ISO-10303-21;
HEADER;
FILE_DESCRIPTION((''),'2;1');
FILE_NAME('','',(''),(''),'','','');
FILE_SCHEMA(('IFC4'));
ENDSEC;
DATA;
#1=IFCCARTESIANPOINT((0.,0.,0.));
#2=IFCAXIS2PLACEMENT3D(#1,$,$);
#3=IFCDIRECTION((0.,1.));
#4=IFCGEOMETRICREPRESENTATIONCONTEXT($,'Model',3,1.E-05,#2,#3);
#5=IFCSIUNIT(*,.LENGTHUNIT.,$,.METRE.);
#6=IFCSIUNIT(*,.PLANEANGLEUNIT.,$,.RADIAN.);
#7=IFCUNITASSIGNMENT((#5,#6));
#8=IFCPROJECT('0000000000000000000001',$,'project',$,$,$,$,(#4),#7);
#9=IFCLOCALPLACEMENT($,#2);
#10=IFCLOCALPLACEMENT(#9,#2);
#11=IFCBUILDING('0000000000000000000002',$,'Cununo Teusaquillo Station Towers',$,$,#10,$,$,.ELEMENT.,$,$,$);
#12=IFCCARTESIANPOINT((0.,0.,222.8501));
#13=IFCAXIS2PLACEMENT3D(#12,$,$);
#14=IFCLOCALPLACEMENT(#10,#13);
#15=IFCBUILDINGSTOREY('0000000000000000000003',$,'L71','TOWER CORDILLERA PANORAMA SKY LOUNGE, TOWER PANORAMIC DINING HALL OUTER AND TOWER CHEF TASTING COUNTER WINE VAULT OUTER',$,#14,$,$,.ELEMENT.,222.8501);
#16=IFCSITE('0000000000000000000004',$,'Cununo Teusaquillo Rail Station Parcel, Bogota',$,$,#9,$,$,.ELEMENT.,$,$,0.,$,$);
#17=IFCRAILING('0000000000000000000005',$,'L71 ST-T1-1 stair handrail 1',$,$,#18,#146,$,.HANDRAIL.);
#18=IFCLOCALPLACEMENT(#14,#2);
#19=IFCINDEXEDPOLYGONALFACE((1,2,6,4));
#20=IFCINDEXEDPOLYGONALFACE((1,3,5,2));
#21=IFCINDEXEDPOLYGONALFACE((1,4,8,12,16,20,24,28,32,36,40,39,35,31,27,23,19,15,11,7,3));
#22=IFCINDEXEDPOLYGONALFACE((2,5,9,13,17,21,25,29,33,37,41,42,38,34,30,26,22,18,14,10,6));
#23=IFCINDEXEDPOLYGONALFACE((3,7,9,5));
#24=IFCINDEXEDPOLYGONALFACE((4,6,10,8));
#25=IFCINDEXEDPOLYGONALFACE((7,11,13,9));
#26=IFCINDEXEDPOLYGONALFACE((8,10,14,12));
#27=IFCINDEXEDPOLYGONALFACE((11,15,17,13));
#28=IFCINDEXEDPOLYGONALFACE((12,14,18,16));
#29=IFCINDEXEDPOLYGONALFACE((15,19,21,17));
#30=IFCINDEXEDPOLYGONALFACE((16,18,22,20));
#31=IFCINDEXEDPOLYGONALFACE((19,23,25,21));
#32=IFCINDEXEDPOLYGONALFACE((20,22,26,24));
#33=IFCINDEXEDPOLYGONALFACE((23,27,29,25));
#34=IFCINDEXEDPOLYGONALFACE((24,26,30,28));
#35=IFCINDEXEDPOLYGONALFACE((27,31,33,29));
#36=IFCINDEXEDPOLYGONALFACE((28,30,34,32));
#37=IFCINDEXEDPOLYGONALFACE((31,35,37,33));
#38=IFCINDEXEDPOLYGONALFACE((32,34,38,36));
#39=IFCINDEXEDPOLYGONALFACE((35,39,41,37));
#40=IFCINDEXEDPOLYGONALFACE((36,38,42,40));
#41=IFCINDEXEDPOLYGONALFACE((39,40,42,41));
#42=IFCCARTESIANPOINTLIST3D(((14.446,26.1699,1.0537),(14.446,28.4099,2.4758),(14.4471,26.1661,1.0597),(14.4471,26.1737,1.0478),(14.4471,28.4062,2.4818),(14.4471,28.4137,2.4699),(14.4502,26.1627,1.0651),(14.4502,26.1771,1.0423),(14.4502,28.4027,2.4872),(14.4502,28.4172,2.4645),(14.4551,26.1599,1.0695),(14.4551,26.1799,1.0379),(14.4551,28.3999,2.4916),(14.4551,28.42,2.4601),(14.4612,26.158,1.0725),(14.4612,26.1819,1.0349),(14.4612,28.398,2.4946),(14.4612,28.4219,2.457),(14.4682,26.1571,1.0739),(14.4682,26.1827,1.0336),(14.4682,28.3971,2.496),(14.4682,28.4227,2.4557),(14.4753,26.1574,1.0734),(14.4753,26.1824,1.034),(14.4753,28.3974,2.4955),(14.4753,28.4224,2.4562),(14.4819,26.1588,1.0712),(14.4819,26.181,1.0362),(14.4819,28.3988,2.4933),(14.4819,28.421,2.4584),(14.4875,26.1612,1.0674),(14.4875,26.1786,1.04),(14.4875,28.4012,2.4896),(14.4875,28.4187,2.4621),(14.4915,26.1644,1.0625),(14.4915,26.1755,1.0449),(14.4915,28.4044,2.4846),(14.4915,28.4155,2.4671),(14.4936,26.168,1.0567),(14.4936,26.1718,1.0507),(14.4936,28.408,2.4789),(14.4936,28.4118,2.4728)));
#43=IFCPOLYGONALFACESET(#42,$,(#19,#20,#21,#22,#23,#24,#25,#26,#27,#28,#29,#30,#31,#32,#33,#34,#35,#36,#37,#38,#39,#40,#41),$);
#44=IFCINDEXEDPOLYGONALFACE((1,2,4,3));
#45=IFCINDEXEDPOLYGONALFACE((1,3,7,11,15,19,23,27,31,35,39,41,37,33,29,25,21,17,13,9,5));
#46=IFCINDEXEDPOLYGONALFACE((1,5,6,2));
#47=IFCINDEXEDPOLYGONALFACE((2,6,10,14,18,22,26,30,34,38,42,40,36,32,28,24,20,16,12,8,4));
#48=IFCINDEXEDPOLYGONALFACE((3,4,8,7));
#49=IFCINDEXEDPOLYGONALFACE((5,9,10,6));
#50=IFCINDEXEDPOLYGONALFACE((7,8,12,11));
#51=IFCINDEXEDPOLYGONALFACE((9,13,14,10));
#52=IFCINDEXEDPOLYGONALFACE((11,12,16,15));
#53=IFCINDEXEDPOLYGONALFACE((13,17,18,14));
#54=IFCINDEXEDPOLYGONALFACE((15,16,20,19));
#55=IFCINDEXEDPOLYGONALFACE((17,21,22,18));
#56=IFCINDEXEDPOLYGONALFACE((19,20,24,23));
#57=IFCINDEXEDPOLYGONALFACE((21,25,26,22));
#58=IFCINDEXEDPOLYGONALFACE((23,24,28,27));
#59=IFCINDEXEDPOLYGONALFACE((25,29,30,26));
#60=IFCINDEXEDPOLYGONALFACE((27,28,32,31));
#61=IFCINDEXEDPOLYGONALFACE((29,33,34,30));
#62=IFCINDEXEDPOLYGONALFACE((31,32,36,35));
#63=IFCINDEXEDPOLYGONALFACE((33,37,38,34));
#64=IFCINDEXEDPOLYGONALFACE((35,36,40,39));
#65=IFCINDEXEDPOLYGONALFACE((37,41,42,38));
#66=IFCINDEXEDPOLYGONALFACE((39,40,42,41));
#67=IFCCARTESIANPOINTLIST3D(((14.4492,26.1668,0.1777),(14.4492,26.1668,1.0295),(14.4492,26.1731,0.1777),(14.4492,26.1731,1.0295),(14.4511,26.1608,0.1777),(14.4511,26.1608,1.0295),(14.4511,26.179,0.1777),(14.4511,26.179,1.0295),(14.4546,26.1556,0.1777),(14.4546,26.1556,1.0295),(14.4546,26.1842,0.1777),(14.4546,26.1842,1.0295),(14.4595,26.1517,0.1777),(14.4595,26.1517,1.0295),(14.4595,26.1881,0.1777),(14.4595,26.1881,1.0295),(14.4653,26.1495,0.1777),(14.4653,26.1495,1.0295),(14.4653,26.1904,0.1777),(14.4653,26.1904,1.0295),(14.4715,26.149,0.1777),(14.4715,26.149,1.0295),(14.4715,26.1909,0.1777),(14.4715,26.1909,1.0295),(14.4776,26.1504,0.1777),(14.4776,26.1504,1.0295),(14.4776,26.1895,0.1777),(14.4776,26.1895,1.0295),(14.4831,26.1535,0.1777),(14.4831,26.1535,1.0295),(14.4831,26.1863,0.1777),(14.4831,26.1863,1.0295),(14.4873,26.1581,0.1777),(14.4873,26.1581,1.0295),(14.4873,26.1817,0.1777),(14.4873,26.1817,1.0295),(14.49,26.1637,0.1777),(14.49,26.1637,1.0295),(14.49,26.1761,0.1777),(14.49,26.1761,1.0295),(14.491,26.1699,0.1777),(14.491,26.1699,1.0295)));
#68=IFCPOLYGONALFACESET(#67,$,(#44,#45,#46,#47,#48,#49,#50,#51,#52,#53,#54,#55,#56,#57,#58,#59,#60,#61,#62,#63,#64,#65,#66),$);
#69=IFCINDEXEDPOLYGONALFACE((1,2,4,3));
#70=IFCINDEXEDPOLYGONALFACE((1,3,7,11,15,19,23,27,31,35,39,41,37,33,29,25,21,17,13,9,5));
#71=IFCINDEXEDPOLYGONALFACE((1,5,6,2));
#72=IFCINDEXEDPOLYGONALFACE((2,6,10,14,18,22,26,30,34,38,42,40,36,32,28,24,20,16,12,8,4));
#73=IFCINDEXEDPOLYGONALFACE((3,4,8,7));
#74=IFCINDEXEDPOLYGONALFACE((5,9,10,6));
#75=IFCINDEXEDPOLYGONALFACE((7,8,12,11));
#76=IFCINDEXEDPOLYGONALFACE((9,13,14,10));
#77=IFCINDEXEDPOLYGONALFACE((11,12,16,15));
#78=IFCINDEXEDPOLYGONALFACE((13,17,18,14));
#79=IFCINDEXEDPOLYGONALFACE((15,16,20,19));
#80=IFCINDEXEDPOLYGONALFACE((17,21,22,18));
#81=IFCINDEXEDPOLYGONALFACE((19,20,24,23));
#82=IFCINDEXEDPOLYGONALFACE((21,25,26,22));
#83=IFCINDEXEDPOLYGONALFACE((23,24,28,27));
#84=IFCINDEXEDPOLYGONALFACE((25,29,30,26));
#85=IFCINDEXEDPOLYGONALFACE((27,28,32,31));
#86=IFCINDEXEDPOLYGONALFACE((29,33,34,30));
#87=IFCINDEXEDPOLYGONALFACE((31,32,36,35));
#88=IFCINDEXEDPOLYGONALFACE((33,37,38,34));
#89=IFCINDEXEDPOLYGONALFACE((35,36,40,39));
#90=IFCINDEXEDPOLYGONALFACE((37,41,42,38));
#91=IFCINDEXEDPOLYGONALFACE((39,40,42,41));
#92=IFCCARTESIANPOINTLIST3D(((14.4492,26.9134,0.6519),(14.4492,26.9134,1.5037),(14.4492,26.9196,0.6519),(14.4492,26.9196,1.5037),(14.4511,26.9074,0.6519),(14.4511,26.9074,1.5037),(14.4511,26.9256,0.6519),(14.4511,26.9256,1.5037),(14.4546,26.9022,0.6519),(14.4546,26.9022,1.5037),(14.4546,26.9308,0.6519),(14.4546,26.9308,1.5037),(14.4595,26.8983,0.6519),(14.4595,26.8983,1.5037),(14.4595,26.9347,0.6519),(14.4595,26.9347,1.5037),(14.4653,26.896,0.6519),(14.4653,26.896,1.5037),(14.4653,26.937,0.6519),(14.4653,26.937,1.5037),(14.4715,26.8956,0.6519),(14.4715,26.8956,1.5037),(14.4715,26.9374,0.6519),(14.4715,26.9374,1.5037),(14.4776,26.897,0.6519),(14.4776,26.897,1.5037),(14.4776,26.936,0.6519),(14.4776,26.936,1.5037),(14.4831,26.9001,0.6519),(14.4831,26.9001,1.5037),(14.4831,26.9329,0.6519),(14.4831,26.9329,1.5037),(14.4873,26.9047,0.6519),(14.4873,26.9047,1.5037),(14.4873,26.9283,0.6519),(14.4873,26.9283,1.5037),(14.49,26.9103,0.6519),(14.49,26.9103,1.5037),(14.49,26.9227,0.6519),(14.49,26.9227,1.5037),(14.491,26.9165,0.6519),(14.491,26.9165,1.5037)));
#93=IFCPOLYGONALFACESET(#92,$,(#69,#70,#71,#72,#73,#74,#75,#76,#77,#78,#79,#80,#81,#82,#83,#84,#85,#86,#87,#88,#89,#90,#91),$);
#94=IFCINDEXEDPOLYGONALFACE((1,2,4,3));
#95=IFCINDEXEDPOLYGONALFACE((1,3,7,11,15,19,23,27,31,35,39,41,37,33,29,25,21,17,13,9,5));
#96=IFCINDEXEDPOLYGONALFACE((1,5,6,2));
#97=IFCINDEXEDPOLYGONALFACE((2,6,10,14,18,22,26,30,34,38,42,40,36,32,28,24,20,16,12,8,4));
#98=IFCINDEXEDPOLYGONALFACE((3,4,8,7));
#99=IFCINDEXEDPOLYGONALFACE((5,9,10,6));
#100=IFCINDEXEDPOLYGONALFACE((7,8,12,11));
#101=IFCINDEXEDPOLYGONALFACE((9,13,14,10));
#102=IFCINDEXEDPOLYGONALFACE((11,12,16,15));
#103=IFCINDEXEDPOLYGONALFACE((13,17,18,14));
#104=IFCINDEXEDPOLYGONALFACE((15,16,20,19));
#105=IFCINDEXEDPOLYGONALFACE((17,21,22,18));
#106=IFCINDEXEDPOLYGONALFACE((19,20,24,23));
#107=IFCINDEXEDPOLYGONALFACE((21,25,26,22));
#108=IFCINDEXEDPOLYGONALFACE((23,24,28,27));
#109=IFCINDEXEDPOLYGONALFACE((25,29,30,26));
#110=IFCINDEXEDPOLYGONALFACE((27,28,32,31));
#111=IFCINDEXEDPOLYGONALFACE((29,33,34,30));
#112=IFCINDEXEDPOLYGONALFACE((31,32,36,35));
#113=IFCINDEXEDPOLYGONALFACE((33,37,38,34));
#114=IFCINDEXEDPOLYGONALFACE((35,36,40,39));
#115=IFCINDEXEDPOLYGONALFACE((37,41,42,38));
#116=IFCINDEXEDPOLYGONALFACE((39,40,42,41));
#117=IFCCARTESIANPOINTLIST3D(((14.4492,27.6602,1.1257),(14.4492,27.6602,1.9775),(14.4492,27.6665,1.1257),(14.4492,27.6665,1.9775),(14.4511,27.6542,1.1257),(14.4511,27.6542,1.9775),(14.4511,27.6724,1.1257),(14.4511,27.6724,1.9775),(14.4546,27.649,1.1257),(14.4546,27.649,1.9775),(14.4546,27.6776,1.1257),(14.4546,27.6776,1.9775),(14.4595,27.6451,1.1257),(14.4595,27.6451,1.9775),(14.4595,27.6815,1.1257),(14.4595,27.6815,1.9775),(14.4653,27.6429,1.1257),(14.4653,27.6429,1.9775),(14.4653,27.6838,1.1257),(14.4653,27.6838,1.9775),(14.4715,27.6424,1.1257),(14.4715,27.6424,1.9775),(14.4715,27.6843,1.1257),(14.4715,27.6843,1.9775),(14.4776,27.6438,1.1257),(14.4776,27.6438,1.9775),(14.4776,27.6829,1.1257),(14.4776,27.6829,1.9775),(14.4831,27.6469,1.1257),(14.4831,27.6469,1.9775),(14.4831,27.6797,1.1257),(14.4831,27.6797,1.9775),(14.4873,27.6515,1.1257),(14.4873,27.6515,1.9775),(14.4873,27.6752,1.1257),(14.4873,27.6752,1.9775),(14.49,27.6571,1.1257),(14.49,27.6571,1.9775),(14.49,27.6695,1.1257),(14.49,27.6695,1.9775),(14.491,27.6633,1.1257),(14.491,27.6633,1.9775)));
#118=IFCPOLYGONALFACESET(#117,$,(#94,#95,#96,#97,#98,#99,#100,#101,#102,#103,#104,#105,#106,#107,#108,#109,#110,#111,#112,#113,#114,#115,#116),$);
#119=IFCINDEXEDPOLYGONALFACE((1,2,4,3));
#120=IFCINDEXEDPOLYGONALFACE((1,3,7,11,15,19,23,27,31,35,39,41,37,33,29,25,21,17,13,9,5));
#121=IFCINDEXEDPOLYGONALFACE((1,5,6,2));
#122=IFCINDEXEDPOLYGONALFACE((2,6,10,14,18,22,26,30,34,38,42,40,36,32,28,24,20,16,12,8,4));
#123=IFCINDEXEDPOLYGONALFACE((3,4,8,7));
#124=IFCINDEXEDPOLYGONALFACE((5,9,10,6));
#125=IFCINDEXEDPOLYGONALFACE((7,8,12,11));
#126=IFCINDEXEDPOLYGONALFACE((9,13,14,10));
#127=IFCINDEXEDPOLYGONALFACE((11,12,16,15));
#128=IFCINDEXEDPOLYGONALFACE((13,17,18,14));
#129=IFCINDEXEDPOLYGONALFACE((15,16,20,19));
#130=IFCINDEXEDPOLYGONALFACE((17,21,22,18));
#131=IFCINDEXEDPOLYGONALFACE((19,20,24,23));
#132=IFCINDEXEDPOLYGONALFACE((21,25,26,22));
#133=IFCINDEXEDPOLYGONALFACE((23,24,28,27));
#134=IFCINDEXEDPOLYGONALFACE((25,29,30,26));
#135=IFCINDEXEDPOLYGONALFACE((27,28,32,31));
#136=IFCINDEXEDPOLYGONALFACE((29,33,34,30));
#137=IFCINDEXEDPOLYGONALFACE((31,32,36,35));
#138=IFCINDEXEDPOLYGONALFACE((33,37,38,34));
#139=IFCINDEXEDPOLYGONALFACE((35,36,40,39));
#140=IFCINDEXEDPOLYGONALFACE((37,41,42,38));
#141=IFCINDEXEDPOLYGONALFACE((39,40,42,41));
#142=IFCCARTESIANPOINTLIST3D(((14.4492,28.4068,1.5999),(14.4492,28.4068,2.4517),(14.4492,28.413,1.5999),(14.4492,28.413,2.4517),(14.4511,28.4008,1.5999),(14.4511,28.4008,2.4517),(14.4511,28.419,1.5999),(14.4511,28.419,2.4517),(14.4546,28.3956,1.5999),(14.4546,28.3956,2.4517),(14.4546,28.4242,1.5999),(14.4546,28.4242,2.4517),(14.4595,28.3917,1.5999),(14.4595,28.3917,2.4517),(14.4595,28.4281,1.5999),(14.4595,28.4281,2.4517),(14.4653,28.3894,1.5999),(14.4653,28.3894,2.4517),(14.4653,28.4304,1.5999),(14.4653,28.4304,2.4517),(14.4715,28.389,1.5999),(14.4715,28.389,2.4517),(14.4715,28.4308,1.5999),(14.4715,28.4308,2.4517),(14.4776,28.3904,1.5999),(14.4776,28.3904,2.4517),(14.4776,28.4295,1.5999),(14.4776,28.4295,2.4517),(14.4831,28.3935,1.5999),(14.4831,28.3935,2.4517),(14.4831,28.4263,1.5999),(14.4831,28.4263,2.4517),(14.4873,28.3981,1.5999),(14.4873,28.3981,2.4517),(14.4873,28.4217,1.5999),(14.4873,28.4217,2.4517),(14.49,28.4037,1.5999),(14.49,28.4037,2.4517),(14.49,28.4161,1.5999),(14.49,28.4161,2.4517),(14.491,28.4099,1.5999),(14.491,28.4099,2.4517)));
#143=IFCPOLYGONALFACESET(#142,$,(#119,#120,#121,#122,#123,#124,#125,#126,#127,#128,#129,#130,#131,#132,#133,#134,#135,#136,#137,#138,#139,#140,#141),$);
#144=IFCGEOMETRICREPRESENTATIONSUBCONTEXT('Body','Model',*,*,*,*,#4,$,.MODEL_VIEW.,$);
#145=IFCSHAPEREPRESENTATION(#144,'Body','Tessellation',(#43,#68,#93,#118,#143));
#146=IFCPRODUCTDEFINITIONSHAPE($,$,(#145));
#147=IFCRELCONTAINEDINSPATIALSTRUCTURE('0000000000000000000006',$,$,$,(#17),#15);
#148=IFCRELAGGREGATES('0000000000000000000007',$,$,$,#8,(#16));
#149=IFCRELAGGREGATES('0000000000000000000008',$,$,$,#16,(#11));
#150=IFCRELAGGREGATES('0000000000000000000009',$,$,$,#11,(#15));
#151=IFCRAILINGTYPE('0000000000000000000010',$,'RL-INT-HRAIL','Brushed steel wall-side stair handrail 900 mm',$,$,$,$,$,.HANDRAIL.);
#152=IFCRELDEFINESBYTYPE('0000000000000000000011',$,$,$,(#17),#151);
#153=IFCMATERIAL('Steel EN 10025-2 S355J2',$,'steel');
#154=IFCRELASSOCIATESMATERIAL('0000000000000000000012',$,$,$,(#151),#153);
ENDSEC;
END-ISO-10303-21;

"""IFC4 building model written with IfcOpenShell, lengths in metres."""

from ifc_helpers import new_model, si_unit, direction, frame, origin, origin_2d, place, context, subcontext, project, spatial, circle, extrude, material, type_object, element, save


model = new_model("IFC4")

# Units and contexts
model_context = context("Model", 3, precision=1e-05, world=origin(), true_north=direction((0.0, 1.0)))
body_context = subcontext(model_context, "Body", "Model", "MODEL_VIEW")
ifc_project = project(units=[si_unit("LENGTHUNIT", "METRE"), si_unit("PLANEANGLEUNIT", "RADIAN")], contexts=[model_context])

# Site, building, storey
site_placement = place(None, origin())
site = spatial("IfcSite", under=ifc_project, at=site_placement, Name="Cununo Teusaquillo Rail Station Parcel, Bogota", CompositionType="ELEMENT", RefElevation=0.0)
building_placement = place(site_placement, origin())
building = spatial("IfcBuilding", under=site, at=building_placement, Name="Cununo Teusaquillo Station Towers", CompositionType="ELEMENT")
storey_placement = place(building_placement, frame((0.0, 0.0, 222.8501)))
storey = spatial("IfcBuildingStorey", under=building, at=storey_placement, Name="L71", Description="TOWER CORDILLERA PANORAMA SKY LOUNGE, TOWER PANORAMIC DINING HALL OUTER AND TOWER CHEF TASTING COUNTER WINE VAULT OUTER", CompositionType="ELEMENT", Elevation=222.8501)

# Railing
ifc_material_1 = material(Name="Steel EN 10025-2 S355J2", Category="steel")
railing_type_1 = type_object("IfcRailingType", Name="RL-INT-HRAIL", Description="Brushed steel wall-side stair handrail 900 mm", PredefinedType="HANDRAIL", material=ifc_material_1)
railing_1_placement = place(storey_placement, frame((14.47, 26.1699, 0.1777)))
element("IfcRailing", 1, at=railing_1_placement, inside=storey, type_object=railing_type_1, Name="L71 ST-T1-1 stair handrail 1", PredefinedType="HANDRAIL", context=body_context, shape_type="SweptSolid", body=[
    extrude(circle(Radius=0.0239, at=origin_2d()), frame((0.0, 0.0, 0.876), z_axis=(0.0, 0.844229, 0.535982), x_axis=(-1.0, 0.0, 0.0)), (0.0, 0.0, 1.0), 2.6533),
    extrude(circle(Radius=0.021, at=origin_2d()), origin(), (0.0, 0.0, 1.0), 0.8518),
    extrude(circle(Radius=0.021, at=origin_2d()), frame((0.0, 0.7466, 0.4741)), (0.0, 0.0, 1.0), 0.8518),
    extrude(circle(Radius=0.021, at=origin_2d()), frame((0.0, 1.4934, 0.948)), (0.0, 0.0, 1.0), 0.8518),
    extrude(circle(Radius=0.021, at=origin_2d()), frame((0.0, 2.24, 1.4221)), (0.0, 0.0, 1.0), 0.8518),
])

save(model, "model.ifc")
